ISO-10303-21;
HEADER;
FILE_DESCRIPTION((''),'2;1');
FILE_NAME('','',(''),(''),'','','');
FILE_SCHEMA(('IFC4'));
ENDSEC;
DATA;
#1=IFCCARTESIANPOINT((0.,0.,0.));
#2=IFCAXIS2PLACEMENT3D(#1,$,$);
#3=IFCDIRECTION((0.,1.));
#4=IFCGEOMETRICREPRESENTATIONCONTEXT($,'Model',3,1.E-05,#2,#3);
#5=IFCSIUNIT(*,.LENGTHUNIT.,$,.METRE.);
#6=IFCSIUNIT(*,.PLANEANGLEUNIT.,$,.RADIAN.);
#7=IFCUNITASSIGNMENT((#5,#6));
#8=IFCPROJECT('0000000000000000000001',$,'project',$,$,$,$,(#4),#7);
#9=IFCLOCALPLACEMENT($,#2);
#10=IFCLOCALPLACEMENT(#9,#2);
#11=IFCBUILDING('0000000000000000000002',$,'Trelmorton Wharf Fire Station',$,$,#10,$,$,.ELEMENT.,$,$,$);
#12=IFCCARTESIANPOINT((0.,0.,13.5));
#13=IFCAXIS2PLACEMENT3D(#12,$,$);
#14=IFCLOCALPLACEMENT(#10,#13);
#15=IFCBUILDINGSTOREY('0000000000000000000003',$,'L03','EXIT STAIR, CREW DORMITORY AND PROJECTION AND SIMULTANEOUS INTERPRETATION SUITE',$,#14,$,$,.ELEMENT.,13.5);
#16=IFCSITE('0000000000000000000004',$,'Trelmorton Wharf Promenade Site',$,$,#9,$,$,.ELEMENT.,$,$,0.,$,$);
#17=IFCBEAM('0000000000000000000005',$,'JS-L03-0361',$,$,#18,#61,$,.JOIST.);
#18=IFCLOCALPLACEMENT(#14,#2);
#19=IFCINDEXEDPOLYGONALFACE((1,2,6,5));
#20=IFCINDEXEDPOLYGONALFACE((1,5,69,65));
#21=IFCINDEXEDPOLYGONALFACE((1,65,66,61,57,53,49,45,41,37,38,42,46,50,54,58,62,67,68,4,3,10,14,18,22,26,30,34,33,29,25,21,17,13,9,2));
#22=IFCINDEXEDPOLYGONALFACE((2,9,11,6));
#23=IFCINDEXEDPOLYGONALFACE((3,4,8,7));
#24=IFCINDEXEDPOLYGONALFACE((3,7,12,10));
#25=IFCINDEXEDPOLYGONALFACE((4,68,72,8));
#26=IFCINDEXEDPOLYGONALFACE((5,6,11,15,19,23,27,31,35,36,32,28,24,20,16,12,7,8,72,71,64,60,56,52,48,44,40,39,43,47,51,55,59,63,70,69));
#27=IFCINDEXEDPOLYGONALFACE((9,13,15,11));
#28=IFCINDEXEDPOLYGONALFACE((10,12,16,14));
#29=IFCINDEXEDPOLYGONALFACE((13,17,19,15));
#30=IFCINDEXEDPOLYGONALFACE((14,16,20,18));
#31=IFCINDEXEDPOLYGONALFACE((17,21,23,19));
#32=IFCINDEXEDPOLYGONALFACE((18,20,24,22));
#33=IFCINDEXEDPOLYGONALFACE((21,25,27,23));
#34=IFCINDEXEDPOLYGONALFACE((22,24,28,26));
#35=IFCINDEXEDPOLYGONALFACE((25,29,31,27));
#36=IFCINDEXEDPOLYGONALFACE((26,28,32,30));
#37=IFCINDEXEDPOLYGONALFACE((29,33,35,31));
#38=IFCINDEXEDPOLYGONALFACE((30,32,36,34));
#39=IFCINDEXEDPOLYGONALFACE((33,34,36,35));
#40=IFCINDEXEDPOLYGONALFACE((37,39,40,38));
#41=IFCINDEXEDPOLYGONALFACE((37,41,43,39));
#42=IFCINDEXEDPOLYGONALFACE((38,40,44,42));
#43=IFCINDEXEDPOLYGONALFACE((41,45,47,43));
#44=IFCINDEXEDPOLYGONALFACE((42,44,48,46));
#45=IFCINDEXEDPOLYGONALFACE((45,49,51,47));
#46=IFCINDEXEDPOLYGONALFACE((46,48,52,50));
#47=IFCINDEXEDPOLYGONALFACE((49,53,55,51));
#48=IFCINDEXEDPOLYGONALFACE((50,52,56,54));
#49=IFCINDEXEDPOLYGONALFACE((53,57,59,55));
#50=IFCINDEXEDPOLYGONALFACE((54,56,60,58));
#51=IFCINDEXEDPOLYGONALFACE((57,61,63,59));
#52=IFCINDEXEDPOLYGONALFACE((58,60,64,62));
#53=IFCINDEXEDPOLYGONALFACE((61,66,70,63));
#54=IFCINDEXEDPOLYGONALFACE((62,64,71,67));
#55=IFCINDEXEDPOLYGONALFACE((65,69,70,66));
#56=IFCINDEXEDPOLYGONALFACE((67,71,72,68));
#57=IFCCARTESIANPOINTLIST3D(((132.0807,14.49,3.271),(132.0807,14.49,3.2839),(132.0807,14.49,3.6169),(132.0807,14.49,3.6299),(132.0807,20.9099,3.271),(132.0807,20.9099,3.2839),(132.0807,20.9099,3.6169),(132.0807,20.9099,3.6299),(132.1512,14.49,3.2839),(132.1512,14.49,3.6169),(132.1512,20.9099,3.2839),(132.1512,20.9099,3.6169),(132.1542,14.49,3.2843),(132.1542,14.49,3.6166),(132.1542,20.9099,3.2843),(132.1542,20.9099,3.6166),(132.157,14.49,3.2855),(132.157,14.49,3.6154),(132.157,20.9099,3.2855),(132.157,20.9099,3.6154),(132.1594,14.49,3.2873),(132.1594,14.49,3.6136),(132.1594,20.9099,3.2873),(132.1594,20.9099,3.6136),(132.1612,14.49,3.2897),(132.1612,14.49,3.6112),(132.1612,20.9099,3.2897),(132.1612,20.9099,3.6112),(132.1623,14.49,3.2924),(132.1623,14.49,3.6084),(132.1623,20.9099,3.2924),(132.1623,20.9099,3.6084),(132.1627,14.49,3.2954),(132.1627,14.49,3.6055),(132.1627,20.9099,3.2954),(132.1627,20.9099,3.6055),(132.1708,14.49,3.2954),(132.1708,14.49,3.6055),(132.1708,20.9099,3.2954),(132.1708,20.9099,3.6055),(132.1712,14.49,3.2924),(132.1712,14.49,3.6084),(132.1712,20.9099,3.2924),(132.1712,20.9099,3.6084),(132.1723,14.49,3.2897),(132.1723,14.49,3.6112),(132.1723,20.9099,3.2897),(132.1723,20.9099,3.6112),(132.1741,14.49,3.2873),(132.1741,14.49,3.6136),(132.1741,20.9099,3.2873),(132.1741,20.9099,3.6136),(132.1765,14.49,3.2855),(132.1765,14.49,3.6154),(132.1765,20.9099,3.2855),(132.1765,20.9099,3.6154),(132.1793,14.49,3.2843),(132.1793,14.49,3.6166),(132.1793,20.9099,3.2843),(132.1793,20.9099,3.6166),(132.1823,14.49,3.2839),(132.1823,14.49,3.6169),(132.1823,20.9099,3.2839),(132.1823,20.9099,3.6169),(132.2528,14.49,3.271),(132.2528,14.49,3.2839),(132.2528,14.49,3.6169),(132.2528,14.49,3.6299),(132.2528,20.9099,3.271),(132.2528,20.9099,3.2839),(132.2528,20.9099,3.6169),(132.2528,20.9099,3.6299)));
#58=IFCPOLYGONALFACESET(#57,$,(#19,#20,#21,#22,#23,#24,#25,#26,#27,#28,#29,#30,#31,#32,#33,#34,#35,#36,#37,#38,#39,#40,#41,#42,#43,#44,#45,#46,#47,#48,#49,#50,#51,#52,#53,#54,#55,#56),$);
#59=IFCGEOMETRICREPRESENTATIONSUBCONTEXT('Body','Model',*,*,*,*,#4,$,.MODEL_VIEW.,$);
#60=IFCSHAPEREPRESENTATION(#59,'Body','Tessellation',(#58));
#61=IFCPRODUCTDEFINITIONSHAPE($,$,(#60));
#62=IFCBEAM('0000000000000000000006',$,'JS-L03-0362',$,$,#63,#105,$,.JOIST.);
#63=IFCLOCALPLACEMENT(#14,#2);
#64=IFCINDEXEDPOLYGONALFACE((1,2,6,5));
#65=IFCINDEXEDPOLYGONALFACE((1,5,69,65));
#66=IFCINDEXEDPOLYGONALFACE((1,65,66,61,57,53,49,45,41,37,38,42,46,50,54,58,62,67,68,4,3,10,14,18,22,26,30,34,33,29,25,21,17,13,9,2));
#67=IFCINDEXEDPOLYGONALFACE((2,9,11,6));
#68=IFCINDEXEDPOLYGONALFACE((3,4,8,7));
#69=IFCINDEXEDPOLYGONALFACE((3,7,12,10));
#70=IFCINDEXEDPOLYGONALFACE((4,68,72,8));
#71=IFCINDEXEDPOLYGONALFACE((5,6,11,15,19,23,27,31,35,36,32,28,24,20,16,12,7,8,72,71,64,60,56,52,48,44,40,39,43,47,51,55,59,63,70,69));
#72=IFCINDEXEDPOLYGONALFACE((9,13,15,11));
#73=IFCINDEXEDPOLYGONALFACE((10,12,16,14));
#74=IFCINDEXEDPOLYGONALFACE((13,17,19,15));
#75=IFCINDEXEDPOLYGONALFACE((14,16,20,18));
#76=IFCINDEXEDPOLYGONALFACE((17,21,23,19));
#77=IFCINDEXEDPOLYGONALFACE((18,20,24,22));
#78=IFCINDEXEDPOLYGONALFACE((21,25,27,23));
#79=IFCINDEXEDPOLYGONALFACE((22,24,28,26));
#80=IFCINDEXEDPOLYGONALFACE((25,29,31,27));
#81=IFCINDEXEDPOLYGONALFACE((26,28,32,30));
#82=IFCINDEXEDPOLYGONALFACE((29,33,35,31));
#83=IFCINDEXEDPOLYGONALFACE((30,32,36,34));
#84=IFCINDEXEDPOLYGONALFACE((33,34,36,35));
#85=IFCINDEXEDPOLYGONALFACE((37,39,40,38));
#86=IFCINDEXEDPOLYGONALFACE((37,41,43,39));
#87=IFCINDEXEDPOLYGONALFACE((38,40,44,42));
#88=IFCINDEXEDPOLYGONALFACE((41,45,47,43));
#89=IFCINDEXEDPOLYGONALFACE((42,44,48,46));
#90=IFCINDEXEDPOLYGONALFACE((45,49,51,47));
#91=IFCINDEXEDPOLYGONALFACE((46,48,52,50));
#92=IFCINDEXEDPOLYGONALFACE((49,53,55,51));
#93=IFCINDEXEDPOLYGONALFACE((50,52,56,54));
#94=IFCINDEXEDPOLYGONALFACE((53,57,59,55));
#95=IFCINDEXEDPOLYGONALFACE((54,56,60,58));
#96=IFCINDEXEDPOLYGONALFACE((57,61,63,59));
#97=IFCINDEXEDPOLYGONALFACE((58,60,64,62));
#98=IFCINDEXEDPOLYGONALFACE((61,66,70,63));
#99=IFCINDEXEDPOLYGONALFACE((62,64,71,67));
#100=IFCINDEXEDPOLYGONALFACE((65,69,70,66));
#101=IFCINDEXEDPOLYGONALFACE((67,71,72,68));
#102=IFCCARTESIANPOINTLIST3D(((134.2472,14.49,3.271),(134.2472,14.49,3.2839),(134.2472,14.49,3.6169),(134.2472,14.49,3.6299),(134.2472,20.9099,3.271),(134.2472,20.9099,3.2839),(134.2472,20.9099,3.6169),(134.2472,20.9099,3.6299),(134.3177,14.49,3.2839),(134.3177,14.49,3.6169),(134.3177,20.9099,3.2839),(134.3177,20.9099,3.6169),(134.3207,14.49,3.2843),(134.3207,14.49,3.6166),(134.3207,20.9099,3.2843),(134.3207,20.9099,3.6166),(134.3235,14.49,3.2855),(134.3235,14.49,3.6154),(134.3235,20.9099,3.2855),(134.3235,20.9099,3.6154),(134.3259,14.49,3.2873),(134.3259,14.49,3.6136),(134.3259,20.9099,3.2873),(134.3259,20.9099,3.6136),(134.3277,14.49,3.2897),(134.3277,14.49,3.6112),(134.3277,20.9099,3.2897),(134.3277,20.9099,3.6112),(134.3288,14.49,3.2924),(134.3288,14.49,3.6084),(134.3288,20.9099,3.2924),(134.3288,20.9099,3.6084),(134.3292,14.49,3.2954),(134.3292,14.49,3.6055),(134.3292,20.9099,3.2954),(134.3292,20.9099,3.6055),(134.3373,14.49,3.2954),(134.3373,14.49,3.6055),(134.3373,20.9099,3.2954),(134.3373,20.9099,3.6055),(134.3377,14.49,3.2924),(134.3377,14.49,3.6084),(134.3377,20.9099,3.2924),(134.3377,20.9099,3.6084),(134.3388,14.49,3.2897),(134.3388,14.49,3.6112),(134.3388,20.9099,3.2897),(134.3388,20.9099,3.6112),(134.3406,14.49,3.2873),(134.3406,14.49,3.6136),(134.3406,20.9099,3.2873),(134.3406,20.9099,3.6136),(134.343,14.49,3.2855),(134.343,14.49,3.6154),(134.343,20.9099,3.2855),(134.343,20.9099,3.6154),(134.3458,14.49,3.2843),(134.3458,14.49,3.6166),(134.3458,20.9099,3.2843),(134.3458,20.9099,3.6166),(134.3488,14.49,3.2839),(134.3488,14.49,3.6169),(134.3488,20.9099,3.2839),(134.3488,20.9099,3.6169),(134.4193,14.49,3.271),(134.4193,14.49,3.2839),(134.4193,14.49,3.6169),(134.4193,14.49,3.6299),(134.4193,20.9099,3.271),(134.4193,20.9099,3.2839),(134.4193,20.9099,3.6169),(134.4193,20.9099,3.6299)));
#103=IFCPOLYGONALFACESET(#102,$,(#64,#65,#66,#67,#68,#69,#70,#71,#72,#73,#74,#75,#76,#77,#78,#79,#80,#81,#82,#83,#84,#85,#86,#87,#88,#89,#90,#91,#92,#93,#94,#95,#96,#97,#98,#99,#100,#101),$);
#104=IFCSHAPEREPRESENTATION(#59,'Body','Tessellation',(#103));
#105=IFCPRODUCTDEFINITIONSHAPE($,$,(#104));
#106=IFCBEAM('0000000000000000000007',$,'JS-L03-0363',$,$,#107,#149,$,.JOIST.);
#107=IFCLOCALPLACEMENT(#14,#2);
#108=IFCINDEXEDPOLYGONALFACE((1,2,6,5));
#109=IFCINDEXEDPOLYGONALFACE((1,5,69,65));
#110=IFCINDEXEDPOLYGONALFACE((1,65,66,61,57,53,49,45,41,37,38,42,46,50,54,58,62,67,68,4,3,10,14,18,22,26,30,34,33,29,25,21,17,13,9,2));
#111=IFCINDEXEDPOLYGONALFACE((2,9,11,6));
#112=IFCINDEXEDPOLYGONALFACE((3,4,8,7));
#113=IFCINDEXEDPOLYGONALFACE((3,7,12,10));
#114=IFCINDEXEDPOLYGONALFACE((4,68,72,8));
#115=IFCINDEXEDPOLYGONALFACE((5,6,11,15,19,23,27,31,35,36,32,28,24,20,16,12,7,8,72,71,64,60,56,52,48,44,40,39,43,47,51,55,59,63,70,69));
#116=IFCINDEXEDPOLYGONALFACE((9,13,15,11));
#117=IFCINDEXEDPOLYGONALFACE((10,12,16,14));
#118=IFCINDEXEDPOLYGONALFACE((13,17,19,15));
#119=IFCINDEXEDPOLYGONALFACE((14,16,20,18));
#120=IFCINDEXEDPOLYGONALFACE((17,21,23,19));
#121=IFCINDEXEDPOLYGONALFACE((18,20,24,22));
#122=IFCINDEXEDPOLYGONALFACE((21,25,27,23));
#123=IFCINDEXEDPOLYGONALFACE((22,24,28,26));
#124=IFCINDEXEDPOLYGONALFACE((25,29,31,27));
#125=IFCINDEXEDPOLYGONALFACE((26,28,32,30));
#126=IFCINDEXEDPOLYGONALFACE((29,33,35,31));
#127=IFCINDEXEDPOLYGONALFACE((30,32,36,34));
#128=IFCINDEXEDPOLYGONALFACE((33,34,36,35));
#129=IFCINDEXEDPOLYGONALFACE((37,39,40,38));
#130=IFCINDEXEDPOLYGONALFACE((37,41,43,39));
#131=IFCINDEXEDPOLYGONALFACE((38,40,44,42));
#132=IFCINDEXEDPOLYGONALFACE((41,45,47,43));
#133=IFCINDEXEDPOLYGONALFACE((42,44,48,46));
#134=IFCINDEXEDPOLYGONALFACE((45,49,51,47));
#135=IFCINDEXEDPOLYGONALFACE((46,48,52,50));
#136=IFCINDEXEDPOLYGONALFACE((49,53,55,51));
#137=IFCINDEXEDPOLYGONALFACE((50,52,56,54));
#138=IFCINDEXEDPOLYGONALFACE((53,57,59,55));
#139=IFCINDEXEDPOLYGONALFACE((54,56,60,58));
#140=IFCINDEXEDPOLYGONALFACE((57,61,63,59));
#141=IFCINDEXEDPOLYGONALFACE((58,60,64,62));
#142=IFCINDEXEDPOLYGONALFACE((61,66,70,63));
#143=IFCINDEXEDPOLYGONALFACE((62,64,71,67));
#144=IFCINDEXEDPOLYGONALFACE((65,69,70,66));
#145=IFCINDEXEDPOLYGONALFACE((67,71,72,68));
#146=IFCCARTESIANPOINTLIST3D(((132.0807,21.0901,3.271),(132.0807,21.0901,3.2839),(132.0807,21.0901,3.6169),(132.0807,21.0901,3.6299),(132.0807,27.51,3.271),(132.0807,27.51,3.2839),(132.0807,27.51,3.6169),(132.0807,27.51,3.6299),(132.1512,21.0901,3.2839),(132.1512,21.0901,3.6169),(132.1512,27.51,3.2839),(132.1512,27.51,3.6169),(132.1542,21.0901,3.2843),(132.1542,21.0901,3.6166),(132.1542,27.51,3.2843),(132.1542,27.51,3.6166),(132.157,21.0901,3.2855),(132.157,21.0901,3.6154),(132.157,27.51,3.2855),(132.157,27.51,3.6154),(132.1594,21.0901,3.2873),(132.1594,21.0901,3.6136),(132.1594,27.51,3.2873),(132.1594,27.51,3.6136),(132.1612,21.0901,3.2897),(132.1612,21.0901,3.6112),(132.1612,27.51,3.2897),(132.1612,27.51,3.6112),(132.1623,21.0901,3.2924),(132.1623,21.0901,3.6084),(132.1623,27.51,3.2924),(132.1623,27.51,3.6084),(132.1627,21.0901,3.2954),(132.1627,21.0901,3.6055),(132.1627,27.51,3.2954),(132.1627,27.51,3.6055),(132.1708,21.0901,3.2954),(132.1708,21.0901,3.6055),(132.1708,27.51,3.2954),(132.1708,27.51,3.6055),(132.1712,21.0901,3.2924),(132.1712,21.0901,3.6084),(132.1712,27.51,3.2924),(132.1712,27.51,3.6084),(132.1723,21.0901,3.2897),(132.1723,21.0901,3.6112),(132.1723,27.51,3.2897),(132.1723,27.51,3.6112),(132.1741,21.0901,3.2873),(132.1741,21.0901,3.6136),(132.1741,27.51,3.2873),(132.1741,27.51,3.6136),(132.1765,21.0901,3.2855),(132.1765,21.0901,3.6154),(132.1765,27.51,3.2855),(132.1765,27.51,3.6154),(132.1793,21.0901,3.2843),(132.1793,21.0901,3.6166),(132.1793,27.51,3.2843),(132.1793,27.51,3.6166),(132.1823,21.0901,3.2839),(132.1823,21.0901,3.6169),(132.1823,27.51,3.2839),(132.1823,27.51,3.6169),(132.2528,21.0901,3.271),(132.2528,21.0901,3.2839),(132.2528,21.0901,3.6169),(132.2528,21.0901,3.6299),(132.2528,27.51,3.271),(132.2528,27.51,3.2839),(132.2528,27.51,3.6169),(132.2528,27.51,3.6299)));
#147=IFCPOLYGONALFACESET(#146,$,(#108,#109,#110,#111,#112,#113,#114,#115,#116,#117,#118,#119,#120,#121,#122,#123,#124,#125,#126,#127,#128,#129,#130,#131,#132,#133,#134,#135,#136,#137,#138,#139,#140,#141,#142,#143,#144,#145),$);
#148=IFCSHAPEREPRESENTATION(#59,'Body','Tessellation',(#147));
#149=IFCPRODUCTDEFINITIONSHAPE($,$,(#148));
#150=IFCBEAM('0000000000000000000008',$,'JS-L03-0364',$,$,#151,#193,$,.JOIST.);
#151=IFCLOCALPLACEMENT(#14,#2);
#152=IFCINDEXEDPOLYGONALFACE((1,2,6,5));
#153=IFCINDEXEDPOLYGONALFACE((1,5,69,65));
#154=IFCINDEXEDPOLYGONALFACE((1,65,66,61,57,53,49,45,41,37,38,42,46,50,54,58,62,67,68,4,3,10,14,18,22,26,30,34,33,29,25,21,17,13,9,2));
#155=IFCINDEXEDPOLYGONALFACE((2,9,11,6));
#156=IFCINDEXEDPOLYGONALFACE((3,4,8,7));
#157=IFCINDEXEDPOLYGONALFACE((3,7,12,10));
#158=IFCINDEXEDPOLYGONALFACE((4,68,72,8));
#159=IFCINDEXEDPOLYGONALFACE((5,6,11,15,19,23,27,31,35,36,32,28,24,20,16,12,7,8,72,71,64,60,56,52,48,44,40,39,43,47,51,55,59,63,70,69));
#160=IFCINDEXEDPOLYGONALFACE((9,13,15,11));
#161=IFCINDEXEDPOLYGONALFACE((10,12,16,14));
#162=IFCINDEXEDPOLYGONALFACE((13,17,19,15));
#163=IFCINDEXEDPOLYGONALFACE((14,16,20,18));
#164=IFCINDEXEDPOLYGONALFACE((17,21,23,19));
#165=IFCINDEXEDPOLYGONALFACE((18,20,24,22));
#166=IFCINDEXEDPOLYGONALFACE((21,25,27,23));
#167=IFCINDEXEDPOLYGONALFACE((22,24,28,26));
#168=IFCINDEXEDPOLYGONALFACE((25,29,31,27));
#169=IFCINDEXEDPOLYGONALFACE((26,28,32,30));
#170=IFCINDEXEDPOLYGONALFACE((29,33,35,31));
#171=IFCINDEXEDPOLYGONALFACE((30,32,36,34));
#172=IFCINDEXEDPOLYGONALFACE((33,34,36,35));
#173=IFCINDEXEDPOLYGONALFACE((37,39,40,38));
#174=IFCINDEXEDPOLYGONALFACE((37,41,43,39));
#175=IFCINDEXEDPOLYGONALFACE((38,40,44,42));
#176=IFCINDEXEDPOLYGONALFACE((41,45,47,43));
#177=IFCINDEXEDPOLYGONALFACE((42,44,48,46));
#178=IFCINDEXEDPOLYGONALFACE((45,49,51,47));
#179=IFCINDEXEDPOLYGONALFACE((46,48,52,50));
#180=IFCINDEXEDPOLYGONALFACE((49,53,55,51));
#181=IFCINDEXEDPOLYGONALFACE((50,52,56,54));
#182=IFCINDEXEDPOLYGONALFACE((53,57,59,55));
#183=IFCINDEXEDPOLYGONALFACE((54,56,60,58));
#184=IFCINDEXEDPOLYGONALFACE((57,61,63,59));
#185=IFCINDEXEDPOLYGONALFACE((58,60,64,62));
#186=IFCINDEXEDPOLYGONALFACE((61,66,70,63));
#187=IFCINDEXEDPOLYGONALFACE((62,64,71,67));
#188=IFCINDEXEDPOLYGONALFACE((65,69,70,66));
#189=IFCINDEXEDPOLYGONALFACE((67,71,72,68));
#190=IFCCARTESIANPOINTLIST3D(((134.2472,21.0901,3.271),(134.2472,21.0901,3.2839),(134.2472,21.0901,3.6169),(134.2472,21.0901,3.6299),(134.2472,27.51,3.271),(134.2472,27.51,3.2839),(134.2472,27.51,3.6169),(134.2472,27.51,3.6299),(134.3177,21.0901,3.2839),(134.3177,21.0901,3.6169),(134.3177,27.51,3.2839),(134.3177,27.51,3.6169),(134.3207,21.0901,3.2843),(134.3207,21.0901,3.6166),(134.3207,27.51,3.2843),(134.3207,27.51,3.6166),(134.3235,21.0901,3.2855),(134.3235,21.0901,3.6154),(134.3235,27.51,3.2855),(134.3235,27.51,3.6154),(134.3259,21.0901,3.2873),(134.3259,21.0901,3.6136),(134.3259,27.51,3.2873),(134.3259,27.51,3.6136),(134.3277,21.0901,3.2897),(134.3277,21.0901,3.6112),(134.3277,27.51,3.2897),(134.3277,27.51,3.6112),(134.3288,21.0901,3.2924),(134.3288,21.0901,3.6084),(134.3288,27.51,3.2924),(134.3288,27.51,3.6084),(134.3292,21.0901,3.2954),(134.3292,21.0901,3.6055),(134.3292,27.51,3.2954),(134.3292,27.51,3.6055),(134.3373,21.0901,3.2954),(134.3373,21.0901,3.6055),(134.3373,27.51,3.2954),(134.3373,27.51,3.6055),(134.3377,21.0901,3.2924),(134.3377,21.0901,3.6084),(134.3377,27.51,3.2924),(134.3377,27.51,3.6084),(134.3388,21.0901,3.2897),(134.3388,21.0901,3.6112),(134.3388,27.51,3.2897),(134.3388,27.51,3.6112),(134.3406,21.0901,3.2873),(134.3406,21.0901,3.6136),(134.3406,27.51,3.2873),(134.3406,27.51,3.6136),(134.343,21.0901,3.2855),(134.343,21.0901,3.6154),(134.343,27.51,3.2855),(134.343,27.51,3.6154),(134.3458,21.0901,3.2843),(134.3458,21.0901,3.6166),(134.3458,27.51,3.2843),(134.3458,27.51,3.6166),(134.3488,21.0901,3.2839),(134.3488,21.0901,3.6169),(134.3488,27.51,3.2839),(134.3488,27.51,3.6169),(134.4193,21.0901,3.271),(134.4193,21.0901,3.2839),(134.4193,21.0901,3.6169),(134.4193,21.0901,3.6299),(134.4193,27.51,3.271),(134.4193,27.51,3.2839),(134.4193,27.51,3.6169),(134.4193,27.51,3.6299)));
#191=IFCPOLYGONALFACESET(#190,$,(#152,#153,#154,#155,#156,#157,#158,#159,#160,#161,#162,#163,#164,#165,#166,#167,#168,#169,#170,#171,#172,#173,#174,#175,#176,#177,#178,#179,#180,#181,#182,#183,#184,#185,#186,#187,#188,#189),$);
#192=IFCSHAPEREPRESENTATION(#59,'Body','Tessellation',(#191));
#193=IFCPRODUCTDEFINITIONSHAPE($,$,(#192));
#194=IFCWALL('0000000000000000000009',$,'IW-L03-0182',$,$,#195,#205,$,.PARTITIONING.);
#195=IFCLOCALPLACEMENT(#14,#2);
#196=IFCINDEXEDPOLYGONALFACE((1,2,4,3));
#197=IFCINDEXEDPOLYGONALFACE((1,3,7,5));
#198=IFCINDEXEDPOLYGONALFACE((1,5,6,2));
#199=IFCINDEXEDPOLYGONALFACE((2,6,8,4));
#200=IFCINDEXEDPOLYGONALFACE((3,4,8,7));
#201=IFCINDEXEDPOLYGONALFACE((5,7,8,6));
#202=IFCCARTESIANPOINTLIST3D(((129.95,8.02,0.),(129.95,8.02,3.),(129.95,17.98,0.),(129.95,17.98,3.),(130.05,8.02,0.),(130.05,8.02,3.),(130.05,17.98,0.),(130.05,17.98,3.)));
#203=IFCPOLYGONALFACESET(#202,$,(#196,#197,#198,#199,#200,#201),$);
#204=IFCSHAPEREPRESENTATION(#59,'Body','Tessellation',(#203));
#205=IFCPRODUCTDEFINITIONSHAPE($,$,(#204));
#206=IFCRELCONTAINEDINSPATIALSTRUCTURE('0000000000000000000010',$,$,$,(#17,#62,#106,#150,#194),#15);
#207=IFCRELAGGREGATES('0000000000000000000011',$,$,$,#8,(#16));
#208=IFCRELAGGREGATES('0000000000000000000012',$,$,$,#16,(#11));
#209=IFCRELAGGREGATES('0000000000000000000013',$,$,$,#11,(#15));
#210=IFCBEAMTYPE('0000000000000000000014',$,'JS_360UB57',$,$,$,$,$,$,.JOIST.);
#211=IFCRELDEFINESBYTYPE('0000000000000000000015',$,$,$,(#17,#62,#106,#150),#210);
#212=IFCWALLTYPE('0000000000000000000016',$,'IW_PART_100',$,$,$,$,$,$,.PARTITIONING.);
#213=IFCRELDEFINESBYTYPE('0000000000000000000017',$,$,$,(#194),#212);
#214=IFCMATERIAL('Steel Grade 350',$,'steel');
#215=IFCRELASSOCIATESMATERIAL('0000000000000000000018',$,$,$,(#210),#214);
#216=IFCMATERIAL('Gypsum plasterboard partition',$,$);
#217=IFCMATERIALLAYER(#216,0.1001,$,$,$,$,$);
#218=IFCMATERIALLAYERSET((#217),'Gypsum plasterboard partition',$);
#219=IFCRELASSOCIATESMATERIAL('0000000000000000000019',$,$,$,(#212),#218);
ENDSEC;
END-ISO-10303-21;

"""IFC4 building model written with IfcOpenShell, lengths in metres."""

from ifc_helpers import new_model, si_unit, direction, frame, frame_2d, origin, origin_2d, place, context, subcontext, project, spatial, rectangle, i_section, extrude, material, layer, layer_set, material_profile, profile_set, type_object, element, save


model = new_model("IFC4")

# Units and contexts
model_context = context("Model", 3, precision=1e-05, world=origin(), true_north=direction((0.0, 1.0)))
body_context = subcontext(model_context, "Body", "Model", "MODEL_VIEW")
ifc_project = project(units=[si_unit("LENGTHUNIT", "METRE"), si_unit("PLANEANGLEUNIT", "RADIAN")], contexts=[model_context])

# Site, building, storey
site_placement = place(None, origin())
site = spatial("IfcSite", under=ifc_project, at=site_placement, Name="Trelmorton Wharf Promenade Site", CompositionType="ELEMENT", RefElevation=0.0)
building_placement = place(site_placement, origin())
building = spatial("IfcBuilding", under=site, at=building_placement, Name="Trelmorton Wharf Fire Station", CompositionType="ELEMENT")
storey_placement = place(building_placement, frame((0.0, 0.0, 13.5)))
storey = spatial("IfcBuildingStorey", under=building, at=storey_placement, Name="L03", Description="EXIT STAIR, CREW DORMITORY AND PROJECTION AND SIMULTANEOUS INTERPRETATION SUITE", CompositionType="ELEMENT", Elevation=13.5)

# Shared definitions
ifc_material_1 = material(Name="Steel Grade 350", Category="steel")

# Beams
ifc_material_profile_1 = material_profile(ifc_material_1, i_section(OverallWidth=0.1721, OverallDepth=0.3589, WebThickness=0.0081, FlangeThickness=0.0129, FilletRadius=0.0115, at=origin_2d()), Name="360UB56.7")
ifc_profile_set_1 = profile_set([ifc_material_profile_1], Name="Steel Grade 350")
beam_type_1 = type_object("IfcBeamType", Name="JS_360UB57", PredefinedType="JOIST", material=ifc_profile_set_1)
for number, where, z_axis, x_axis, name in (
    (1, (132.1667, 14.49, 3.4504), (0.0, 1.0, 0.0), (-1.0, 0.0, 0.0), "JS-L03-0361"),
    (2, (134.3333, 14.49, 3.4504), (0.0, 1.0, 0.0), (-1.0, 0.0, 0.0), "JS-L03-0362"),
    (3, (132.1667, 21.0901, 3.4504), (0.0, 1.0, 0.0), (-1.0, 0.0, 0.0), "JS-L03-0363"),
    (4, (134.3333, 21.0901, 3.4504), (0.0, 1.0, 0.0), (-1.0, 0.0, 0.0), "JS-L03-0364"),
):
    element("IfcBeam", number, at=place(storey_placement, frame(where, z_axis=z_axis, x_axis=x_axis)), inside=storey, type_object=beam_type_1, Name=name, PredefinedType="JOIST", context=body_context, shape_type="SweptSolid", body=[
        extrude(i_section(OverallWidth=0.1721, OverallDepth=0.3589, WebThickness=0.0081, FlangeThickness=0.0129, FilletRadius=0.0115, at=origin_2d()), origin(), (0.0, 0.0, 1.0), 6.4199),
    ])

# Wall
ifc_material_2 = material(Name="Gypsum plasterboard partition")
ifc_layer_1 = layer(ifc_material_2, 0.1001)
ifc_layer_set_1 = layer_set([ifc_layer_1], Name="Gypsum plasterboard partition")
wall_type_1 = type_object("IfcWallType", Name="IW_PART_100", PredefinedType="PARTITIONING", material=ifc_layer_set_1)
wall_1_placement = place(storey_placement, frame((130.0, 8.02, 0.0), z_axis=(0.0, 0.0, 1.0), x_axis=(0.0, 1.0, 0.0)))
element("IfcWall", 5, at=wall_1_placement, inside=storey, type_object=wall_type_1, Name="IW-L03-0182", PredefinedType="PARTITIONING", context=body_context, shape_type="SweptSolid", body=[
    extrude(rectangle(XDim=9.96, YDim=0.1001, at=frame_2d((4.98, 0.0))), origin(), (0.0, 0.0, 1.0), 3.0),
])

save(model, "model.ifc")
